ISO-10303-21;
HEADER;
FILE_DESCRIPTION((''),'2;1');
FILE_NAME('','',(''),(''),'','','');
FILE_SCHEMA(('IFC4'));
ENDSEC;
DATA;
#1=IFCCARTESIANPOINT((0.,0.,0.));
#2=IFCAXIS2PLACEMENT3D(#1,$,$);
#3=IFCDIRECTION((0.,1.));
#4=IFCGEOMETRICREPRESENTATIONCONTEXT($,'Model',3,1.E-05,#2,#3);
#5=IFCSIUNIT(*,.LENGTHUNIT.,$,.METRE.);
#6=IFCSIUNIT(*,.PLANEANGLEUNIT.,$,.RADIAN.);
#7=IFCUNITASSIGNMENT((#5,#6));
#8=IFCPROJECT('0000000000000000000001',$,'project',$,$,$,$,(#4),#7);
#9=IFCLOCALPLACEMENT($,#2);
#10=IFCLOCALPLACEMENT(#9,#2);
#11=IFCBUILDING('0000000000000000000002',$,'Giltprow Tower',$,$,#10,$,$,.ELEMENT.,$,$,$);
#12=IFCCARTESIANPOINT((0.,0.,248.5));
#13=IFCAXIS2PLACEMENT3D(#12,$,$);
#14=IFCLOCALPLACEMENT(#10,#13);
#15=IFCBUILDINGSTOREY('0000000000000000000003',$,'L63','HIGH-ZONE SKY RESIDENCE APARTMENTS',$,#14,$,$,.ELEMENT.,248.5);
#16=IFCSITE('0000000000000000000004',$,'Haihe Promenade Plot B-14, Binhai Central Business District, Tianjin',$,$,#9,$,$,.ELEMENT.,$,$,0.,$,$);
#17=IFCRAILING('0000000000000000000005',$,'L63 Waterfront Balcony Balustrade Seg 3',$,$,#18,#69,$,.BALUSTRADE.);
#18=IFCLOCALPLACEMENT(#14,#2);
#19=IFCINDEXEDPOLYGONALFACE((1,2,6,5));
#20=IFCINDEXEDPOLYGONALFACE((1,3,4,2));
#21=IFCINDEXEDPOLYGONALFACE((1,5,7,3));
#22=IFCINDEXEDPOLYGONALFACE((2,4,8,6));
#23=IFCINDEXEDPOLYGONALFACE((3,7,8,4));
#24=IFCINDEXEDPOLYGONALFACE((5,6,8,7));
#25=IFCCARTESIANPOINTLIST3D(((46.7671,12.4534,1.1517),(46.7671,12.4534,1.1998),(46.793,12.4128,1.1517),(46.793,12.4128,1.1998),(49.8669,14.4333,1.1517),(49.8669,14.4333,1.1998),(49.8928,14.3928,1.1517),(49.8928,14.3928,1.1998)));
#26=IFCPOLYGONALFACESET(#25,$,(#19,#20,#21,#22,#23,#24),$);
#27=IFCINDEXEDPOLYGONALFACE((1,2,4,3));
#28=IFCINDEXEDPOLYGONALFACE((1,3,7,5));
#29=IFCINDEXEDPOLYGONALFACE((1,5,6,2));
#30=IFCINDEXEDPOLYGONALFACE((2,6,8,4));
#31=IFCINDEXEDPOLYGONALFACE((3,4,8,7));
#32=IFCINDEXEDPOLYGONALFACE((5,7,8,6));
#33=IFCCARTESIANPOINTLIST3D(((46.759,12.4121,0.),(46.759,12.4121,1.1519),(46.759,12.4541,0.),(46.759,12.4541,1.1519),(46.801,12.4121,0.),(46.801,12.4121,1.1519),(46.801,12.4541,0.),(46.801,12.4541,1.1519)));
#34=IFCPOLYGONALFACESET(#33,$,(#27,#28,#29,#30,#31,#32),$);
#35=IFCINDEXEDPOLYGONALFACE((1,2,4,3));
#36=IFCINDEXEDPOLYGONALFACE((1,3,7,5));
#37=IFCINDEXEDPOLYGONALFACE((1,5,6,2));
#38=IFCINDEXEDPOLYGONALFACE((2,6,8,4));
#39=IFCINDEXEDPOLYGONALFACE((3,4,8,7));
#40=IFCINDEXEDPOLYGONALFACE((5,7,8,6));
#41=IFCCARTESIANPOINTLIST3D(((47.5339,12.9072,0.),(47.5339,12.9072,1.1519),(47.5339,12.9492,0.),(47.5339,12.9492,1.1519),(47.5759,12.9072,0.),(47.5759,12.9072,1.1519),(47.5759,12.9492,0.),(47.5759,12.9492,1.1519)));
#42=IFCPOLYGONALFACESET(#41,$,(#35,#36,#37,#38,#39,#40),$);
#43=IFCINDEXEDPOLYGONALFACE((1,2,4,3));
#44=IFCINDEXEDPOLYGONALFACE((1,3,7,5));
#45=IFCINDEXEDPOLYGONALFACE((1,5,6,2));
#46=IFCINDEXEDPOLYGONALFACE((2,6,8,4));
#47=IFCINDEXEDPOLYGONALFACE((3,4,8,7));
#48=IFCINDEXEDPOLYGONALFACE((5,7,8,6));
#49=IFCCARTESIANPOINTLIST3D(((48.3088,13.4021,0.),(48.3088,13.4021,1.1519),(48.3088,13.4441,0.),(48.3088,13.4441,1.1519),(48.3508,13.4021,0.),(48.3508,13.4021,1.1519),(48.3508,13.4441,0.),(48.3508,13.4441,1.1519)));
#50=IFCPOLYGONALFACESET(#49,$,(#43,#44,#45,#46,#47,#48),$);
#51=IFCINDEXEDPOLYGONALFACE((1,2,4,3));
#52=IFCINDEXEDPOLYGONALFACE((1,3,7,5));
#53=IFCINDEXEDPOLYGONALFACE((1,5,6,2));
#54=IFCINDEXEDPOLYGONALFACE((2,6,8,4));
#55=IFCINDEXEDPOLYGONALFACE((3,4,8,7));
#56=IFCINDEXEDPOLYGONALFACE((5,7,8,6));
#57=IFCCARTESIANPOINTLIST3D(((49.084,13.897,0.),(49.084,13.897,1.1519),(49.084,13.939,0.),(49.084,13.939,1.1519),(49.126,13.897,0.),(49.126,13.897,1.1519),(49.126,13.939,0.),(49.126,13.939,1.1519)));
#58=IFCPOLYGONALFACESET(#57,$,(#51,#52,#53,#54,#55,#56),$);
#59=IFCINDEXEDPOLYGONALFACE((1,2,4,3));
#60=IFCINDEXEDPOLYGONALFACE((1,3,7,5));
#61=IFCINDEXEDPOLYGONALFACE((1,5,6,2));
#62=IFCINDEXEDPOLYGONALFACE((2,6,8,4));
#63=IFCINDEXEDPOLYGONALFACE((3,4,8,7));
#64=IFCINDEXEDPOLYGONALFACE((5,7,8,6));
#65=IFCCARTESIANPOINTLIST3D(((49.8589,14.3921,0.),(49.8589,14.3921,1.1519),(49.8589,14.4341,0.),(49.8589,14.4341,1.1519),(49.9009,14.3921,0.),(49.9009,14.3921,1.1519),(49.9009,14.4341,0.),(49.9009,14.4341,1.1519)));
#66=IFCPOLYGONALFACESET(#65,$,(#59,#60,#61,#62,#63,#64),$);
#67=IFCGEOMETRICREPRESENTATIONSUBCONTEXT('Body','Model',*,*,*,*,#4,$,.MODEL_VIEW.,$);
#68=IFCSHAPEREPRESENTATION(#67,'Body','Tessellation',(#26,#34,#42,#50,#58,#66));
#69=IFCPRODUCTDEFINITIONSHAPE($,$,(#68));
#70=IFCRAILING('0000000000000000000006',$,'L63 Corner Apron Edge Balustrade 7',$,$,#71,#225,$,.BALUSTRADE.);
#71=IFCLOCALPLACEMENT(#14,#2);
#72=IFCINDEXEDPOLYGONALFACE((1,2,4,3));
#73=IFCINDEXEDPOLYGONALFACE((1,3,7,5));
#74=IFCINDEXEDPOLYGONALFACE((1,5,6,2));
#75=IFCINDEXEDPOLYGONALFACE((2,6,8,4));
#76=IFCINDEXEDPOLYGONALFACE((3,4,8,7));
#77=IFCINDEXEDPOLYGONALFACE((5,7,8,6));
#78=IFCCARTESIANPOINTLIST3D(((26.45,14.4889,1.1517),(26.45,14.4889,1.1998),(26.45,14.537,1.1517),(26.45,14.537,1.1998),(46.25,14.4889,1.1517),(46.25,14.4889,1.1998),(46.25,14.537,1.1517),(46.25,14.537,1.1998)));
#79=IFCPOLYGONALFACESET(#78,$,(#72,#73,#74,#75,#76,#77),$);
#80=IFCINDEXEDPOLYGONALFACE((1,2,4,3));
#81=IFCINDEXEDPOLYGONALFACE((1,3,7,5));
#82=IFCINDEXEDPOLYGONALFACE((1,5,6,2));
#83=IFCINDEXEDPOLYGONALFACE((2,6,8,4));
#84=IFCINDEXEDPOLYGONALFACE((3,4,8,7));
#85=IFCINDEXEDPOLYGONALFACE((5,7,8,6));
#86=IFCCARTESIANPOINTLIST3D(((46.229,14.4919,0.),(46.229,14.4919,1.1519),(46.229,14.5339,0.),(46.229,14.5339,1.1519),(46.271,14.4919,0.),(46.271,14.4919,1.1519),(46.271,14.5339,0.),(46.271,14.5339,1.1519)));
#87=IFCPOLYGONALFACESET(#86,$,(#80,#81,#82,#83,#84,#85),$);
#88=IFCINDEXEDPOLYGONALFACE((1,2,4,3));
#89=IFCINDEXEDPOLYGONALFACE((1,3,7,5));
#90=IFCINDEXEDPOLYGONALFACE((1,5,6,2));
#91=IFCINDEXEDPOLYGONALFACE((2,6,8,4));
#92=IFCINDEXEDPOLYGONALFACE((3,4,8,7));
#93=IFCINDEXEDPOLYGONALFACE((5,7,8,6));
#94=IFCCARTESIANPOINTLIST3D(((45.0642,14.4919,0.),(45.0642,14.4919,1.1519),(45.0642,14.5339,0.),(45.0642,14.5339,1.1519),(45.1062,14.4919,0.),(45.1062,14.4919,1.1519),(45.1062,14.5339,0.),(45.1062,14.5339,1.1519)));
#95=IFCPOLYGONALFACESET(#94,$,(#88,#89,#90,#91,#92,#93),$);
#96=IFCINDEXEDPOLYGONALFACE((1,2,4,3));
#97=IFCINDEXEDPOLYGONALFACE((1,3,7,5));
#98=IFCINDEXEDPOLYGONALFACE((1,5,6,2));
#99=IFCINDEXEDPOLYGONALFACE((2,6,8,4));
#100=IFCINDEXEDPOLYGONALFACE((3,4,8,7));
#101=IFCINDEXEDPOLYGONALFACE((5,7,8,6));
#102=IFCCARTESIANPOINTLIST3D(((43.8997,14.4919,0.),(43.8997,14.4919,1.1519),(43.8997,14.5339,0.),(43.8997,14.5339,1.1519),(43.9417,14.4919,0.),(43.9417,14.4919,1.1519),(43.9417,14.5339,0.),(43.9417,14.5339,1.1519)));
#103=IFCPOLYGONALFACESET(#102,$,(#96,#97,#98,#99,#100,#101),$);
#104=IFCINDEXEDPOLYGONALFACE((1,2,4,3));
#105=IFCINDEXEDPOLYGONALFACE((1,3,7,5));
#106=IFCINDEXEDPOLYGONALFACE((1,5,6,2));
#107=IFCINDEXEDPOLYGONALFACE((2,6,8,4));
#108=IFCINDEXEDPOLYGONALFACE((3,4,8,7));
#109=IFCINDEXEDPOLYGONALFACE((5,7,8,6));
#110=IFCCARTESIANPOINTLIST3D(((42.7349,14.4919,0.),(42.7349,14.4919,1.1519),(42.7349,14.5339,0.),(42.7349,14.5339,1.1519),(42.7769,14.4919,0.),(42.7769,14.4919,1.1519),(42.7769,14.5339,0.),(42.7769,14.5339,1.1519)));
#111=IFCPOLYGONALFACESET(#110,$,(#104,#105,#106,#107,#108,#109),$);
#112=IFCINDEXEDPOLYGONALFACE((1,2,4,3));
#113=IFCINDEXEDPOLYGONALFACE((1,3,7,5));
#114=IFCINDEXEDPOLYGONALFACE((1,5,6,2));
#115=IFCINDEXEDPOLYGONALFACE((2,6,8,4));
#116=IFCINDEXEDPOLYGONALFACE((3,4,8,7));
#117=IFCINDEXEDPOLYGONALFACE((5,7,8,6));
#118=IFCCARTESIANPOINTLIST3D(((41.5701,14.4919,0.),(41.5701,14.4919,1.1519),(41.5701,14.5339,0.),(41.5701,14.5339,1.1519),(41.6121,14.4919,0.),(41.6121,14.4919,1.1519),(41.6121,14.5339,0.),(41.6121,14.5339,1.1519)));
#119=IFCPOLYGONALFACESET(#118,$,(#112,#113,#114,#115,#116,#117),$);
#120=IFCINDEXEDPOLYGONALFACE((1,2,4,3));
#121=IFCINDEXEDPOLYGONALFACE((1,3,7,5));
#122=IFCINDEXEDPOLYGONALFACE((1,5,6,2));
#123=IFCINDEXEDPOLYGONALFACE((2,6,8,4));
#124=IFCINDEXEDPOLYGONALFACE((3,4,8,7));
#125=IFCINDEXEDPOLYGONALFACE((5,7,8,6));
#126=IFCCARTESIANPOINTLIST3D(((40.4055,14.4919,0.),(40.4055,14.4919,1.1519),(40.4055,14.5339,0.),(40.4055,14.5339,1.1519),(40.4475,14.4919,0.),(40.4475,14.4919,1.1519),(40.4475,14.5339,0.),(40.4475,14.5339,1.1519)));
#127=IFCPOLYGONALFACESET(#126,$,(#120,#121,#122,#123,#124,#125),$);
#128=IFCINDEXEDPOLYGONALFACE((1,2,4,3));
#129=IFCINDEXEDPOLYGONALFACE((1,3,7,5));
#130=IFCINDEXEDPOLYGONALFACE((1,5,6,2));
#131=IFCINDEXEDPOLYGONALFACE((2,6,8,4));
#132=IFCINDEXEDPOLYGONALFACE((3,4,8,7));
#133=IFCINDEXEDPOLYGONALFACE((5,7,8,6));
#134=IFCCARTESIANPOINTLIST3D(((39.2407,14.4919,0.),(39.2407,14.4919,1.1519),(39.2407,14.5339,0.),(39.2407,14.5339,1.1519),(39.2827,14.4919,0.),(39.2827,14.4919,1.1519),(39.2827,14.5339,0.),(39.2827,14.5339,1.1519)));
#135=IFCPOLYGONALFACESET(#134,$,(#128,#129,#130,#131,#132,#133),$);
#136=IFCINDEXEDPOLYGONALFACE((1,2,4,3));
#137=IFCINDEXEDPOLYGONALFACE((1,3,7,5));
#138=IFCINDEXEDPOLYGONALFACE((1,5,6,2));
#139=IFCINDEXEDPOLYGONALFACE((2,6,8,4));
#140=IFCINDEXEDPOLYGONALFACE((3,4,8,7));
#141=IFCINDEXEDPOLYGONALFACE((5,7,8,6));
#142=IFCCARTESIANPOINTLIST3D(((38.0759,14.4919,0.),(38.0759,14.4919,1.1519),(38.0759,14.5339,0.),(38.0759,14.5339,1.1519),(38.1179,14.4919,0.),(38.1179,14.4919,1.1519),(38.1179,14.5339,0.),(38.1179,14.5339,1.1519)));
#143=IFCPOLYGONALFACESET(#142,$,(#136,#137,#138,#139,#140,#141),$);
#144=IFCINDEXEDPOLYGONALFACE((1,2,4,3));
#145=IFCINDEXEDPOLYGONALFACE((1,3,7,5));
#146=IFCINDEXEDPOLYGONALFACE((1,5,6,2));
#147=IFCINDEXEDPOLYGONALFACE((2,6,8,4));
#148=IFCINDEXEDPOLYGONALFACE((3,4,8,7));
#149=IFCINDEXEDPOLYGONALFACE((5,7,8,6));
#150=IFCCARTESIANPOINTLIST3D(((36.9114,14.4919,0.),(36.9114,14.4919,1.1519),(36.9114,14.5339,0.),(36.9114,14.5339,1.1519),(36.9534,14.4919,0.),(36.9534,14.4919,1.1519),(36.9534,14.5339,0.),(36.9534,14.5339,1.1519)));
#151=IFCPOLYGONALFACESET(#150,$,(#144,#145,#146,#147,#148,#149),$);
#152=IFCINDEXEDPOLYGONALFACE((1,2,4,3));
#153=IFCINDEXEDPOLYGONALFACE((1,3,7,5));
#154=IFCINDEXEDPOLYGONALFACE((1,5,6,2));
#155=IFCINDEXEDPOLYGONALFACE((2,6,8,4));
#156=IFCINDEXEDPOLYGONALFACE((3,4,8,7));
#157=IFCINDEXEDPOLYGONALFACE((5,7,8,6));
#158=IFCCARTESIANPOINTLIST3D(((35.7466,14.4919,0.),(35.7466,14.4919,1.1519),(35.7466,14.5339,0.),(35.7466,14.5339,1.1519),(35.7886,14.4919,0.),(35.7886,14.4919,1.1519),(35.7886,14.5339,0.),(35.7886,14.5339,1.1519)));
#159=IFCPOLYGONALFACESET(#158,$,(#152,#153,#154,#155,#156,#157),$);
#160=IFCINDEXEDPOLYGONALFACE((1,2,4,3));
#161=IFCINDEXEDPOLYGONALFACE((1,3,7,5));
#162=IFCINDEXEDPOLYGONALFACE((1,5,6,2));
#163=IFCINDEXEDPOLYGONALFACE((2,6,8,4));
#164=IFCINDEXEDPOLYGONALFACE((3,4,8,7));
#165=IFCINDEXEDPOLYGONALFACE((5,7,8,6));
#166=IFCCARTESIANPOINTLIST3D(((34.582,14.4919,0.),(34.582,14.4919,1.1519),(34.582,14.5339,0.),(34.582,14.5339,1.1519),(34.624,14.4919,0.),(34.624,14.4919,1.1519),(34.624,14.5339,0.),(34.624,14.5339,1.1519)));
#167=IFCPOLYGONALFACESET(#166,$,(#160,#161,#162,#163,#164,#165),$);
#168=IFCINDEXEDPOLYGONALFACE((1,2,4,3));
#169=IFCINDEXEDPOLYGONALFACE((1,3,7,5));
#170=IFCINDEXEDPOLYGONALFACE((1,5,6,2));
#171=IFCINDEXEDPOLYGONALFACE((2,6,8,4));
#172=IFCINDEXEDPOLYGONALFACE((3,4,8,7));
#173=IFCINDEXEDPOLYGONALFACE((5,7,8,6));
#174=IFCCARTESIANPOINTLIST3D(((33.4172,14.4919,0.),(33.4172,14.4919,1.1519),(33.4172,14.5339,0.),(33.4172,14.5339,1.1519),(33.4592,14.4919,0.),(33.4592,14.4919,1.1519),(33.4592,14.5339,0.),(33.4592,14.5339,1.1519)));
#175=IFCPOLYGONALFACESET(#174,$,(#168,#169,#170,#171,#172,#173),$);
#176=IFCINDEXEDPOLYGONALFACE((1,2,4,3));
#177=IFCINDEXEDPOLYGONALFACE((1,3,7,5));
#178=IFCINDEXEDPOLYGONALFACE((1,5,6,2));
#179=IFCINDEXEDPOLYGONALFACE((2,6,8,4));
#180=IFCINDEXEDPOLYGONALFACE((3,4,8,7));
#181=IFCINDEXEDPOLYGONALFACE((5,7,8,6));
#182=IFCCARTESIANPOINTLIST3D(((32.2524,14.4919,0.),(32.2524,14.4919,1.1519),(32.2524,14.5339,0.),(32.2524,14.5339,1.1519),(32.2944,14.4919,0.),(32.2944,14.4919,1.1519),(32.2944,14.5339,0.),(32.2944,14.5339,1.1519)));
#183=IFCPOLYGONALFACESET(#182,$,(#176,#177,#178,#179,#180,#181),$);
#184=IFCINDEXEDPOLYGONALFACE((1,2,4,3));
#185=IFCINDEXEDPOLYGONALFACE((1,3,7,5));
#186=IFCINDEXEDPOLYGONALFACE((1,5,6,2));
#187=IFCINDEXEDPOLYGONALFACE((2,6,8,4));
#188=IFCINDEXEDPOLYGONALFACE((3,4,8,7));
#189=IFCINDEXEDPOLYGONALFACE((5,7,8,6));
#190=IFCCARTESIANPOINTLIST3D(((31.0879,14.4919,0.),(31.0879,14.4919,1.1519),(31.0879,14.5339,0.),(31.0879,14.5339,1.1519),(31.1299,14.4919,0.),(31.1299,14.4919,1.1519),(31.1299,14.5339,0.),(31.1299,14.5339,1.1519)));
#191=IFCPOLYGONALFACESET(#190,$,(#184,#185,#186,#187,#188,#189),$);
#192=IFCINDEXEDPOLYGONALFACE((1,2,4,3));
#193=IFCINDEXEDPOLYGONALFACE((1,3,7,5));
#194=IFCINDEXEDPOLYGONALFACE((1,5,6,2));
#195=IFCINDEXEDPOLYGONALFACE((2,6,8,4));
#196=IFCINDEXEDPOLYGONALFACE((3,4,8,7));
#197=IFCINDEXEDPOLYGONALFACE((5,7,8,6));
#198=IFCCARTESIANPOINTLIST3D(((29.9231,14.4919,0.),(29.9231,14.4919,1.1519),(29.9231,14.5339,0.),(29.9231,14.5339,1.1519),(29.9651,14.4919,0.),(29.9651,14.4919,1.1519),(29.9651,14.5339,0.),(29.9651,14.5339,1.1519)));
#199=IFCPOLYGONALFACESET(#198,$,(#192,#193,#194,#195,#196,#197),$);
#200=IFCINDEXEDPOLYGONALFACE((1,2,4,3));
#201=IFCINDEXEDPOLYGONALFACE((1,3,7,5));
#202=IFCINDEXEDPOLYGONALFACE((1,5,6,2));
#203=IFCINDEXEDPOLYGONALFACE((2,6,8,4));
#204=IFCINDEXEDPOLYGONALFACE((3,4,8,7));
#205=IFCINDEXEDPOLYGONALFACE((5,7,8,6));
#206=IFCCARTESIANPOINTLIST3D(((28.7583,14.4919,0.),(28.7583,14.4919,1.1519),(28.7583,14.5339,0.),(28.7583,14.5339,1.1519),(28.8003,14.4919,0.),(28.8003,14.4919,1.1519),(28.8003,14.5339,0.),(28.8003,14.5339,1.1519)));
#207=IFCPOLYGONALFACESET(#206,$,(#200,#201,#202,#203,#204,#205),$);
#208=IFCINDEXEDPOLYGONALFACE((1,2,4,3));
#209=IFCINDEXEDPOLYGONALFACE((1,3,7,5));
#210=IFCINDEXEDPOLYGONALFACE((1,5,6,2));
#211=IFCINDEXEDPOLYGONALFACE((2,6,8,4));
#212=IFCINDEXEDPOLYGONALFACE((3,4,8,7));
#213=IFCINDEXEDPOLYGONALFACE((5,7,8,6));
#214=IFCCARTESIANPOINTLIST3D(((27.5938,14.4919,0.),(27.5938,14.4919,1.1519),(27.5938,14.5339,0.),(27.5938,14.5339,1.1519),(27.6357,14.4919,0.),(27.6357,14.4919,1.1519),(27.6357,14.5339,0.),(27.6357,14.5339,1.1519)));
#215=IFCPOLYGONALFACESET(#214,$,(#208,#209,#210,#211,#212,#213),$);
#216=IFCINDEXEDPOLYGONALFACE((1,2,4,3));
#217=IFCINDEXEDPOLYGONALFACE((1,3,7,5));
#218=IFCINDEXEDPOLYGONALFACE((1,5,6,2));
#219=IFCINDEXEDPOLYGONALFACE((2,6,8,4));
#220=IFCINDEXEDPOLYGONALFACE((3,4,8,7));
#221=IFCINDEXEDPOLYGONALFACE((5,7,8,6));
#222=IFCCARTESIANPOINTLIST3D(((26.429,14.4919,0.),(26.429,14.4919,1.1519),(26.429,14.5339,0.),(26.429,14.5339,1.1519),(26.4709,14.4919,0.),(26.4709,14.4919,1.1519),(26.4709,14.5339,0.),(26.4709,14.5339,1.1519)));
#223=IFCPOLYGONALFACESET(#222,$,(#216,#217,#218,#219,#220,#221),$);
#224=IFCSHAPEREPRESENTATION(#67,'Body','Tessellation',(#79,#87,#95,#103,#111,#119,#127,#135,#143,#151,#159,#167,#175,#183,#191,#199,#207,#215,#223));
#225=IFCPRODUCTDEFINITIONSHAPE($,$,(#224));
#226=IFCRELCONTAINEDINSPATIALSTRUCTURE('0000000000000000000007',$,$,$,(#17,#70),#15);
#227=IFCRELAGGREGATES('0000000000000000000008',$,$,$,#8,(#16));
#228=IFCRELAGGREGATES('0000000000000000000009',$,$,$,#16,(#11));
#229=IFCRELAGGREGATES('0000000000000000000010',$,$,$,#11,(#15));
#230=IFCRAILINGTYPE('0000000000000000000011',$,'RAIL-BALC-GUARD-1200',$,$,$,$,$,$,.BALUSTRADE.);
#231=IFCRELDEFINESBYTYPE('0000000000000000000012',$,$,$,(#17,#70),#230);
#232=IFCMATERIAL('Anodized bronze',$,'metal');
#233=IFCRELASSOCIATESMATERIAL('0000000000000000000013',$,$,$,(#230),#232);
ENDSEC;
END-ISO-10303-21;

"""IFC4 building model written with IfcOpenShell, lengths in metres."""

from ifc_helpers import new_model, si_unit, direction, frame, origin, origin_2d, place, context, subcontext, project, spatial, rectangle, extrude, material, type_object, element, save


model = new_model("IFC4")

# Units and contexts
model_context = context("Model", 3, precision=1e-05, world=origin(), true_north=direction((0.0, 1.0)))
body_context = subcontext(model_context, "Body", "Model", "MODEL_VIEW")
ifc_project = project(units=[si_unit("LENGTHUNIT", "METRE"), si_unit("PLANEANGLEUNIT", "RADIAN")], contexts=[model_context])

# Site, building, storey
site_placement = place(None, origin())
site = spatial("IfcSite", under=ifc_project, at=site_placement, Name="Haihe Promenade Plot B-14, Binhai Central Business District, Tianjin", CompositionType="ELEMENT", RefElevation=0.0)
building_placement = place(site_placement, origin())
building = spatial("IfcBuilding", under=site, at=building_placement, Name="Giltprow Tower", CompositionType="ELEMENT")
storey_placement = place(building_placement, frame((0.0, 0.0, 248.5)))
storey = spatial("IfcBuildingStorey", under=building, at=storey_placement, Name="L63", Description="HIGH-ZONE SKY RESIDENCE APARTMENTS", CompositionType="ELEMENT", Elevation=248.5)

# Railings
ifc_material_1 = material(Name="Anodized bronze", Category="metal")
railing_type = type_object("IfcRailingType", Name="RAIL-BALC-GUARD-1200", PredefinedType="BALUSTRADE", material=ifc_material_1)
railing_1_placement = place(storey_placement, frame((46.78, 12.4331, 0.0)))
element("IfcRailing", 1, at=railing_1_placement, inside=storey, type_object=railing_type, Name="L63 Waterfront Balcony Balustrade Seg 3", PredefinedType="BALUSTRADE", context=body_context, shape_type="SweptSolid", body=[
    extrude(rectangle(XDim=0.0481, YDim=0.0481, at=origin_2d()), frame((0.0, 0.0, 1.1758), z_axis=(0.842756, 0.538296, 0.0), x_axis=(-0.538296, 0.842756, 0.0)), (0.0, 0.0, 1.0), 3.6782),
    extrude(rectangle(XDim=0.042, YDim=0.042, at=origin_2d()), origin(), (0.0, 0.0, 1.0), 1.1519),
    extrude(rectangle(XDim=0.042, YDim=0.042, at=origin_2d()), frame((0.7749, 0.4951, 0.0)), (0.0, 0.0, 1.0), 1.1519),
    extrude(rectangle(XDim=0.042, YDim=0.042, at=origin_2d()), frame((1.5498, 0.99, 0.0)), (0.0, 0.0, 1.0), 1.1519),
    extrude(rectangle(XDim=0.042, YDim=0.042, at=origin_2d()), frame((2.325, 1.4849, 0.0)), (0.0, 0.0, 1.0), 1.1519),
    extrude(rectangle(XDim=0.042, YDim=0.042, at=origin_2d()), frame((3.0999, 1.98, 0.0)), (0.0, 0.0, 1.0), 1.1519),
])
railing_2_placement = place(storey_placement, frame((46.25, 14.5129, 0.0)))
element("IfcRailing", 2, at=railing_2_placement, inside=storey, type_object=railing_type, Name="L63 Corner Apron Edge Balustrade 7", PredefinedType="BALUSTRADE", context=body_context, shape_type="SweptSolid", body=[
    extrude(rectangle(XDim=0.0481, YDim=0.0481, at=origin_2d()), frame((0.0, 0.0, 1.1758), z_axis=(-1.0, 0.0, 0.0), x_axis=(0.0, -1.0, 0.0)), (0.0, 0.0, 1.0), 19.8),
    extrude(rectangle(XDim=0.042, YDim=0.042, at=origin_2d()), origin(), (0.0, 0.0, 1.0), 1.1519),
    extrude(rectangle(XDim=0.042, YDim=0.042, at=origin_2d()), frame((-1.1648, 0.0, 0.0)), (0.0, 0.0, 1.0), 1.1519),
    extrude(rectangle(XDim=0.042, YDim=0.042, at=origin_2d()), frame((-2.3293, 0.0, 0.0)), (0.0, 0.0, 1.0), 1.1519),
    extrude(rectangle(XDim=0.042, YDim=0.042, at=origin_2d()), frame((-3.4941, 0.0, 0.0)), (0.0, 0.0, 1.0), 1.1519),
    extrude(rectangle(XDim=0.042, YDim=0.042, at=origin_2d()), frame((-4.6589, 0.0, 0.0)), (0.0, 0.0, 1.0), 1.1519),
    extrude(rectangle(XDim=0.042, YDim=0.042, at=origin_2d()), frame((-5.8235, 0.0, 0.0)), (0.0, 0.0, 1.0), 1.1519),
    extrude(rectangle(XDim=0.042, YDim=0.042, at=origin_2d()), frame((-6.9883, 0.0, 0.0)), (0.0, 0.0, 1.0), 1.1519),
    extrude(rectangle(XDim=0.042, YDim=0.042, at=origin_2d()), frame((-8.1531, 0.0, 0.0)), (0.0, 0.0, 1.0), 1.1519),
    extrude(rectangle(XDim=0.042, YDim=0.042, at=origin_2d()), frame((-9.3176, 0.0, 0.0)), (0.0, 0.0, 1.0), 1.1519),
    extrude(rectangle(XDim=0.042, YDim=0.042, at=origin_2d()), frame((-10.4824, 0.0, 0.0)), (0.0, 0.0, 1.0), 1.1519),
    extrude(rectangle(XDim=0.042, YDim=0.042, at=origin_2d()), frame((-11.647, 0.0, 0.0)), (0.0, 0.0, 1.0), 1.1519),
    extrude(rectangle(XDim=0.042, YDim=0.042, at=origin_2d()), frame((-12.8118, 0.0, 0.0)), (0.0, 0.0, 1.0), 1.1519),
    extrude(rectangle(XDim=0.042, YDim=0.042, at=origin_2d()), frame((-13.9766, 0.0, 0.0)), (0.0, 0.0, 1.0), 1.1519),
    extrude(rectangle(XDim=0.042, YDim=0.042, at=origin_2d()), frame((-15.1411, 0.0, 0.0)), (0.0, 0.0, 1.0), 1.1519),
    extrude(rectangle(XDim=0.042, YDim=0.042, at=origin_2d()), frame((-16.3059, 0.0, 0.0)), (0.0, 0.0, 1.0), 1.1519),
    extrude(rectangle(XDim=0.042, YDim=0.042, at=origin_2d()), frame((-17.4707, 0.0, 0.0)), (0.0, 0.0, 1.0), 1.1519),
    extrude(rectangle(XDim=0.042, YDim=0.042, at=origin_2d()), frame((-18.6353, 0.0, 0.0)), (0.0, 0.0, 1.0), 1.1519),
    extrude(rectangle(XDim=0.042, YDim=0.042, at=origin_2d()), frame((-19.8, 0.0, 0.0)), (0.0, 0.0, 1.0), 1.1519),
])

save(model, "model.ifc")
